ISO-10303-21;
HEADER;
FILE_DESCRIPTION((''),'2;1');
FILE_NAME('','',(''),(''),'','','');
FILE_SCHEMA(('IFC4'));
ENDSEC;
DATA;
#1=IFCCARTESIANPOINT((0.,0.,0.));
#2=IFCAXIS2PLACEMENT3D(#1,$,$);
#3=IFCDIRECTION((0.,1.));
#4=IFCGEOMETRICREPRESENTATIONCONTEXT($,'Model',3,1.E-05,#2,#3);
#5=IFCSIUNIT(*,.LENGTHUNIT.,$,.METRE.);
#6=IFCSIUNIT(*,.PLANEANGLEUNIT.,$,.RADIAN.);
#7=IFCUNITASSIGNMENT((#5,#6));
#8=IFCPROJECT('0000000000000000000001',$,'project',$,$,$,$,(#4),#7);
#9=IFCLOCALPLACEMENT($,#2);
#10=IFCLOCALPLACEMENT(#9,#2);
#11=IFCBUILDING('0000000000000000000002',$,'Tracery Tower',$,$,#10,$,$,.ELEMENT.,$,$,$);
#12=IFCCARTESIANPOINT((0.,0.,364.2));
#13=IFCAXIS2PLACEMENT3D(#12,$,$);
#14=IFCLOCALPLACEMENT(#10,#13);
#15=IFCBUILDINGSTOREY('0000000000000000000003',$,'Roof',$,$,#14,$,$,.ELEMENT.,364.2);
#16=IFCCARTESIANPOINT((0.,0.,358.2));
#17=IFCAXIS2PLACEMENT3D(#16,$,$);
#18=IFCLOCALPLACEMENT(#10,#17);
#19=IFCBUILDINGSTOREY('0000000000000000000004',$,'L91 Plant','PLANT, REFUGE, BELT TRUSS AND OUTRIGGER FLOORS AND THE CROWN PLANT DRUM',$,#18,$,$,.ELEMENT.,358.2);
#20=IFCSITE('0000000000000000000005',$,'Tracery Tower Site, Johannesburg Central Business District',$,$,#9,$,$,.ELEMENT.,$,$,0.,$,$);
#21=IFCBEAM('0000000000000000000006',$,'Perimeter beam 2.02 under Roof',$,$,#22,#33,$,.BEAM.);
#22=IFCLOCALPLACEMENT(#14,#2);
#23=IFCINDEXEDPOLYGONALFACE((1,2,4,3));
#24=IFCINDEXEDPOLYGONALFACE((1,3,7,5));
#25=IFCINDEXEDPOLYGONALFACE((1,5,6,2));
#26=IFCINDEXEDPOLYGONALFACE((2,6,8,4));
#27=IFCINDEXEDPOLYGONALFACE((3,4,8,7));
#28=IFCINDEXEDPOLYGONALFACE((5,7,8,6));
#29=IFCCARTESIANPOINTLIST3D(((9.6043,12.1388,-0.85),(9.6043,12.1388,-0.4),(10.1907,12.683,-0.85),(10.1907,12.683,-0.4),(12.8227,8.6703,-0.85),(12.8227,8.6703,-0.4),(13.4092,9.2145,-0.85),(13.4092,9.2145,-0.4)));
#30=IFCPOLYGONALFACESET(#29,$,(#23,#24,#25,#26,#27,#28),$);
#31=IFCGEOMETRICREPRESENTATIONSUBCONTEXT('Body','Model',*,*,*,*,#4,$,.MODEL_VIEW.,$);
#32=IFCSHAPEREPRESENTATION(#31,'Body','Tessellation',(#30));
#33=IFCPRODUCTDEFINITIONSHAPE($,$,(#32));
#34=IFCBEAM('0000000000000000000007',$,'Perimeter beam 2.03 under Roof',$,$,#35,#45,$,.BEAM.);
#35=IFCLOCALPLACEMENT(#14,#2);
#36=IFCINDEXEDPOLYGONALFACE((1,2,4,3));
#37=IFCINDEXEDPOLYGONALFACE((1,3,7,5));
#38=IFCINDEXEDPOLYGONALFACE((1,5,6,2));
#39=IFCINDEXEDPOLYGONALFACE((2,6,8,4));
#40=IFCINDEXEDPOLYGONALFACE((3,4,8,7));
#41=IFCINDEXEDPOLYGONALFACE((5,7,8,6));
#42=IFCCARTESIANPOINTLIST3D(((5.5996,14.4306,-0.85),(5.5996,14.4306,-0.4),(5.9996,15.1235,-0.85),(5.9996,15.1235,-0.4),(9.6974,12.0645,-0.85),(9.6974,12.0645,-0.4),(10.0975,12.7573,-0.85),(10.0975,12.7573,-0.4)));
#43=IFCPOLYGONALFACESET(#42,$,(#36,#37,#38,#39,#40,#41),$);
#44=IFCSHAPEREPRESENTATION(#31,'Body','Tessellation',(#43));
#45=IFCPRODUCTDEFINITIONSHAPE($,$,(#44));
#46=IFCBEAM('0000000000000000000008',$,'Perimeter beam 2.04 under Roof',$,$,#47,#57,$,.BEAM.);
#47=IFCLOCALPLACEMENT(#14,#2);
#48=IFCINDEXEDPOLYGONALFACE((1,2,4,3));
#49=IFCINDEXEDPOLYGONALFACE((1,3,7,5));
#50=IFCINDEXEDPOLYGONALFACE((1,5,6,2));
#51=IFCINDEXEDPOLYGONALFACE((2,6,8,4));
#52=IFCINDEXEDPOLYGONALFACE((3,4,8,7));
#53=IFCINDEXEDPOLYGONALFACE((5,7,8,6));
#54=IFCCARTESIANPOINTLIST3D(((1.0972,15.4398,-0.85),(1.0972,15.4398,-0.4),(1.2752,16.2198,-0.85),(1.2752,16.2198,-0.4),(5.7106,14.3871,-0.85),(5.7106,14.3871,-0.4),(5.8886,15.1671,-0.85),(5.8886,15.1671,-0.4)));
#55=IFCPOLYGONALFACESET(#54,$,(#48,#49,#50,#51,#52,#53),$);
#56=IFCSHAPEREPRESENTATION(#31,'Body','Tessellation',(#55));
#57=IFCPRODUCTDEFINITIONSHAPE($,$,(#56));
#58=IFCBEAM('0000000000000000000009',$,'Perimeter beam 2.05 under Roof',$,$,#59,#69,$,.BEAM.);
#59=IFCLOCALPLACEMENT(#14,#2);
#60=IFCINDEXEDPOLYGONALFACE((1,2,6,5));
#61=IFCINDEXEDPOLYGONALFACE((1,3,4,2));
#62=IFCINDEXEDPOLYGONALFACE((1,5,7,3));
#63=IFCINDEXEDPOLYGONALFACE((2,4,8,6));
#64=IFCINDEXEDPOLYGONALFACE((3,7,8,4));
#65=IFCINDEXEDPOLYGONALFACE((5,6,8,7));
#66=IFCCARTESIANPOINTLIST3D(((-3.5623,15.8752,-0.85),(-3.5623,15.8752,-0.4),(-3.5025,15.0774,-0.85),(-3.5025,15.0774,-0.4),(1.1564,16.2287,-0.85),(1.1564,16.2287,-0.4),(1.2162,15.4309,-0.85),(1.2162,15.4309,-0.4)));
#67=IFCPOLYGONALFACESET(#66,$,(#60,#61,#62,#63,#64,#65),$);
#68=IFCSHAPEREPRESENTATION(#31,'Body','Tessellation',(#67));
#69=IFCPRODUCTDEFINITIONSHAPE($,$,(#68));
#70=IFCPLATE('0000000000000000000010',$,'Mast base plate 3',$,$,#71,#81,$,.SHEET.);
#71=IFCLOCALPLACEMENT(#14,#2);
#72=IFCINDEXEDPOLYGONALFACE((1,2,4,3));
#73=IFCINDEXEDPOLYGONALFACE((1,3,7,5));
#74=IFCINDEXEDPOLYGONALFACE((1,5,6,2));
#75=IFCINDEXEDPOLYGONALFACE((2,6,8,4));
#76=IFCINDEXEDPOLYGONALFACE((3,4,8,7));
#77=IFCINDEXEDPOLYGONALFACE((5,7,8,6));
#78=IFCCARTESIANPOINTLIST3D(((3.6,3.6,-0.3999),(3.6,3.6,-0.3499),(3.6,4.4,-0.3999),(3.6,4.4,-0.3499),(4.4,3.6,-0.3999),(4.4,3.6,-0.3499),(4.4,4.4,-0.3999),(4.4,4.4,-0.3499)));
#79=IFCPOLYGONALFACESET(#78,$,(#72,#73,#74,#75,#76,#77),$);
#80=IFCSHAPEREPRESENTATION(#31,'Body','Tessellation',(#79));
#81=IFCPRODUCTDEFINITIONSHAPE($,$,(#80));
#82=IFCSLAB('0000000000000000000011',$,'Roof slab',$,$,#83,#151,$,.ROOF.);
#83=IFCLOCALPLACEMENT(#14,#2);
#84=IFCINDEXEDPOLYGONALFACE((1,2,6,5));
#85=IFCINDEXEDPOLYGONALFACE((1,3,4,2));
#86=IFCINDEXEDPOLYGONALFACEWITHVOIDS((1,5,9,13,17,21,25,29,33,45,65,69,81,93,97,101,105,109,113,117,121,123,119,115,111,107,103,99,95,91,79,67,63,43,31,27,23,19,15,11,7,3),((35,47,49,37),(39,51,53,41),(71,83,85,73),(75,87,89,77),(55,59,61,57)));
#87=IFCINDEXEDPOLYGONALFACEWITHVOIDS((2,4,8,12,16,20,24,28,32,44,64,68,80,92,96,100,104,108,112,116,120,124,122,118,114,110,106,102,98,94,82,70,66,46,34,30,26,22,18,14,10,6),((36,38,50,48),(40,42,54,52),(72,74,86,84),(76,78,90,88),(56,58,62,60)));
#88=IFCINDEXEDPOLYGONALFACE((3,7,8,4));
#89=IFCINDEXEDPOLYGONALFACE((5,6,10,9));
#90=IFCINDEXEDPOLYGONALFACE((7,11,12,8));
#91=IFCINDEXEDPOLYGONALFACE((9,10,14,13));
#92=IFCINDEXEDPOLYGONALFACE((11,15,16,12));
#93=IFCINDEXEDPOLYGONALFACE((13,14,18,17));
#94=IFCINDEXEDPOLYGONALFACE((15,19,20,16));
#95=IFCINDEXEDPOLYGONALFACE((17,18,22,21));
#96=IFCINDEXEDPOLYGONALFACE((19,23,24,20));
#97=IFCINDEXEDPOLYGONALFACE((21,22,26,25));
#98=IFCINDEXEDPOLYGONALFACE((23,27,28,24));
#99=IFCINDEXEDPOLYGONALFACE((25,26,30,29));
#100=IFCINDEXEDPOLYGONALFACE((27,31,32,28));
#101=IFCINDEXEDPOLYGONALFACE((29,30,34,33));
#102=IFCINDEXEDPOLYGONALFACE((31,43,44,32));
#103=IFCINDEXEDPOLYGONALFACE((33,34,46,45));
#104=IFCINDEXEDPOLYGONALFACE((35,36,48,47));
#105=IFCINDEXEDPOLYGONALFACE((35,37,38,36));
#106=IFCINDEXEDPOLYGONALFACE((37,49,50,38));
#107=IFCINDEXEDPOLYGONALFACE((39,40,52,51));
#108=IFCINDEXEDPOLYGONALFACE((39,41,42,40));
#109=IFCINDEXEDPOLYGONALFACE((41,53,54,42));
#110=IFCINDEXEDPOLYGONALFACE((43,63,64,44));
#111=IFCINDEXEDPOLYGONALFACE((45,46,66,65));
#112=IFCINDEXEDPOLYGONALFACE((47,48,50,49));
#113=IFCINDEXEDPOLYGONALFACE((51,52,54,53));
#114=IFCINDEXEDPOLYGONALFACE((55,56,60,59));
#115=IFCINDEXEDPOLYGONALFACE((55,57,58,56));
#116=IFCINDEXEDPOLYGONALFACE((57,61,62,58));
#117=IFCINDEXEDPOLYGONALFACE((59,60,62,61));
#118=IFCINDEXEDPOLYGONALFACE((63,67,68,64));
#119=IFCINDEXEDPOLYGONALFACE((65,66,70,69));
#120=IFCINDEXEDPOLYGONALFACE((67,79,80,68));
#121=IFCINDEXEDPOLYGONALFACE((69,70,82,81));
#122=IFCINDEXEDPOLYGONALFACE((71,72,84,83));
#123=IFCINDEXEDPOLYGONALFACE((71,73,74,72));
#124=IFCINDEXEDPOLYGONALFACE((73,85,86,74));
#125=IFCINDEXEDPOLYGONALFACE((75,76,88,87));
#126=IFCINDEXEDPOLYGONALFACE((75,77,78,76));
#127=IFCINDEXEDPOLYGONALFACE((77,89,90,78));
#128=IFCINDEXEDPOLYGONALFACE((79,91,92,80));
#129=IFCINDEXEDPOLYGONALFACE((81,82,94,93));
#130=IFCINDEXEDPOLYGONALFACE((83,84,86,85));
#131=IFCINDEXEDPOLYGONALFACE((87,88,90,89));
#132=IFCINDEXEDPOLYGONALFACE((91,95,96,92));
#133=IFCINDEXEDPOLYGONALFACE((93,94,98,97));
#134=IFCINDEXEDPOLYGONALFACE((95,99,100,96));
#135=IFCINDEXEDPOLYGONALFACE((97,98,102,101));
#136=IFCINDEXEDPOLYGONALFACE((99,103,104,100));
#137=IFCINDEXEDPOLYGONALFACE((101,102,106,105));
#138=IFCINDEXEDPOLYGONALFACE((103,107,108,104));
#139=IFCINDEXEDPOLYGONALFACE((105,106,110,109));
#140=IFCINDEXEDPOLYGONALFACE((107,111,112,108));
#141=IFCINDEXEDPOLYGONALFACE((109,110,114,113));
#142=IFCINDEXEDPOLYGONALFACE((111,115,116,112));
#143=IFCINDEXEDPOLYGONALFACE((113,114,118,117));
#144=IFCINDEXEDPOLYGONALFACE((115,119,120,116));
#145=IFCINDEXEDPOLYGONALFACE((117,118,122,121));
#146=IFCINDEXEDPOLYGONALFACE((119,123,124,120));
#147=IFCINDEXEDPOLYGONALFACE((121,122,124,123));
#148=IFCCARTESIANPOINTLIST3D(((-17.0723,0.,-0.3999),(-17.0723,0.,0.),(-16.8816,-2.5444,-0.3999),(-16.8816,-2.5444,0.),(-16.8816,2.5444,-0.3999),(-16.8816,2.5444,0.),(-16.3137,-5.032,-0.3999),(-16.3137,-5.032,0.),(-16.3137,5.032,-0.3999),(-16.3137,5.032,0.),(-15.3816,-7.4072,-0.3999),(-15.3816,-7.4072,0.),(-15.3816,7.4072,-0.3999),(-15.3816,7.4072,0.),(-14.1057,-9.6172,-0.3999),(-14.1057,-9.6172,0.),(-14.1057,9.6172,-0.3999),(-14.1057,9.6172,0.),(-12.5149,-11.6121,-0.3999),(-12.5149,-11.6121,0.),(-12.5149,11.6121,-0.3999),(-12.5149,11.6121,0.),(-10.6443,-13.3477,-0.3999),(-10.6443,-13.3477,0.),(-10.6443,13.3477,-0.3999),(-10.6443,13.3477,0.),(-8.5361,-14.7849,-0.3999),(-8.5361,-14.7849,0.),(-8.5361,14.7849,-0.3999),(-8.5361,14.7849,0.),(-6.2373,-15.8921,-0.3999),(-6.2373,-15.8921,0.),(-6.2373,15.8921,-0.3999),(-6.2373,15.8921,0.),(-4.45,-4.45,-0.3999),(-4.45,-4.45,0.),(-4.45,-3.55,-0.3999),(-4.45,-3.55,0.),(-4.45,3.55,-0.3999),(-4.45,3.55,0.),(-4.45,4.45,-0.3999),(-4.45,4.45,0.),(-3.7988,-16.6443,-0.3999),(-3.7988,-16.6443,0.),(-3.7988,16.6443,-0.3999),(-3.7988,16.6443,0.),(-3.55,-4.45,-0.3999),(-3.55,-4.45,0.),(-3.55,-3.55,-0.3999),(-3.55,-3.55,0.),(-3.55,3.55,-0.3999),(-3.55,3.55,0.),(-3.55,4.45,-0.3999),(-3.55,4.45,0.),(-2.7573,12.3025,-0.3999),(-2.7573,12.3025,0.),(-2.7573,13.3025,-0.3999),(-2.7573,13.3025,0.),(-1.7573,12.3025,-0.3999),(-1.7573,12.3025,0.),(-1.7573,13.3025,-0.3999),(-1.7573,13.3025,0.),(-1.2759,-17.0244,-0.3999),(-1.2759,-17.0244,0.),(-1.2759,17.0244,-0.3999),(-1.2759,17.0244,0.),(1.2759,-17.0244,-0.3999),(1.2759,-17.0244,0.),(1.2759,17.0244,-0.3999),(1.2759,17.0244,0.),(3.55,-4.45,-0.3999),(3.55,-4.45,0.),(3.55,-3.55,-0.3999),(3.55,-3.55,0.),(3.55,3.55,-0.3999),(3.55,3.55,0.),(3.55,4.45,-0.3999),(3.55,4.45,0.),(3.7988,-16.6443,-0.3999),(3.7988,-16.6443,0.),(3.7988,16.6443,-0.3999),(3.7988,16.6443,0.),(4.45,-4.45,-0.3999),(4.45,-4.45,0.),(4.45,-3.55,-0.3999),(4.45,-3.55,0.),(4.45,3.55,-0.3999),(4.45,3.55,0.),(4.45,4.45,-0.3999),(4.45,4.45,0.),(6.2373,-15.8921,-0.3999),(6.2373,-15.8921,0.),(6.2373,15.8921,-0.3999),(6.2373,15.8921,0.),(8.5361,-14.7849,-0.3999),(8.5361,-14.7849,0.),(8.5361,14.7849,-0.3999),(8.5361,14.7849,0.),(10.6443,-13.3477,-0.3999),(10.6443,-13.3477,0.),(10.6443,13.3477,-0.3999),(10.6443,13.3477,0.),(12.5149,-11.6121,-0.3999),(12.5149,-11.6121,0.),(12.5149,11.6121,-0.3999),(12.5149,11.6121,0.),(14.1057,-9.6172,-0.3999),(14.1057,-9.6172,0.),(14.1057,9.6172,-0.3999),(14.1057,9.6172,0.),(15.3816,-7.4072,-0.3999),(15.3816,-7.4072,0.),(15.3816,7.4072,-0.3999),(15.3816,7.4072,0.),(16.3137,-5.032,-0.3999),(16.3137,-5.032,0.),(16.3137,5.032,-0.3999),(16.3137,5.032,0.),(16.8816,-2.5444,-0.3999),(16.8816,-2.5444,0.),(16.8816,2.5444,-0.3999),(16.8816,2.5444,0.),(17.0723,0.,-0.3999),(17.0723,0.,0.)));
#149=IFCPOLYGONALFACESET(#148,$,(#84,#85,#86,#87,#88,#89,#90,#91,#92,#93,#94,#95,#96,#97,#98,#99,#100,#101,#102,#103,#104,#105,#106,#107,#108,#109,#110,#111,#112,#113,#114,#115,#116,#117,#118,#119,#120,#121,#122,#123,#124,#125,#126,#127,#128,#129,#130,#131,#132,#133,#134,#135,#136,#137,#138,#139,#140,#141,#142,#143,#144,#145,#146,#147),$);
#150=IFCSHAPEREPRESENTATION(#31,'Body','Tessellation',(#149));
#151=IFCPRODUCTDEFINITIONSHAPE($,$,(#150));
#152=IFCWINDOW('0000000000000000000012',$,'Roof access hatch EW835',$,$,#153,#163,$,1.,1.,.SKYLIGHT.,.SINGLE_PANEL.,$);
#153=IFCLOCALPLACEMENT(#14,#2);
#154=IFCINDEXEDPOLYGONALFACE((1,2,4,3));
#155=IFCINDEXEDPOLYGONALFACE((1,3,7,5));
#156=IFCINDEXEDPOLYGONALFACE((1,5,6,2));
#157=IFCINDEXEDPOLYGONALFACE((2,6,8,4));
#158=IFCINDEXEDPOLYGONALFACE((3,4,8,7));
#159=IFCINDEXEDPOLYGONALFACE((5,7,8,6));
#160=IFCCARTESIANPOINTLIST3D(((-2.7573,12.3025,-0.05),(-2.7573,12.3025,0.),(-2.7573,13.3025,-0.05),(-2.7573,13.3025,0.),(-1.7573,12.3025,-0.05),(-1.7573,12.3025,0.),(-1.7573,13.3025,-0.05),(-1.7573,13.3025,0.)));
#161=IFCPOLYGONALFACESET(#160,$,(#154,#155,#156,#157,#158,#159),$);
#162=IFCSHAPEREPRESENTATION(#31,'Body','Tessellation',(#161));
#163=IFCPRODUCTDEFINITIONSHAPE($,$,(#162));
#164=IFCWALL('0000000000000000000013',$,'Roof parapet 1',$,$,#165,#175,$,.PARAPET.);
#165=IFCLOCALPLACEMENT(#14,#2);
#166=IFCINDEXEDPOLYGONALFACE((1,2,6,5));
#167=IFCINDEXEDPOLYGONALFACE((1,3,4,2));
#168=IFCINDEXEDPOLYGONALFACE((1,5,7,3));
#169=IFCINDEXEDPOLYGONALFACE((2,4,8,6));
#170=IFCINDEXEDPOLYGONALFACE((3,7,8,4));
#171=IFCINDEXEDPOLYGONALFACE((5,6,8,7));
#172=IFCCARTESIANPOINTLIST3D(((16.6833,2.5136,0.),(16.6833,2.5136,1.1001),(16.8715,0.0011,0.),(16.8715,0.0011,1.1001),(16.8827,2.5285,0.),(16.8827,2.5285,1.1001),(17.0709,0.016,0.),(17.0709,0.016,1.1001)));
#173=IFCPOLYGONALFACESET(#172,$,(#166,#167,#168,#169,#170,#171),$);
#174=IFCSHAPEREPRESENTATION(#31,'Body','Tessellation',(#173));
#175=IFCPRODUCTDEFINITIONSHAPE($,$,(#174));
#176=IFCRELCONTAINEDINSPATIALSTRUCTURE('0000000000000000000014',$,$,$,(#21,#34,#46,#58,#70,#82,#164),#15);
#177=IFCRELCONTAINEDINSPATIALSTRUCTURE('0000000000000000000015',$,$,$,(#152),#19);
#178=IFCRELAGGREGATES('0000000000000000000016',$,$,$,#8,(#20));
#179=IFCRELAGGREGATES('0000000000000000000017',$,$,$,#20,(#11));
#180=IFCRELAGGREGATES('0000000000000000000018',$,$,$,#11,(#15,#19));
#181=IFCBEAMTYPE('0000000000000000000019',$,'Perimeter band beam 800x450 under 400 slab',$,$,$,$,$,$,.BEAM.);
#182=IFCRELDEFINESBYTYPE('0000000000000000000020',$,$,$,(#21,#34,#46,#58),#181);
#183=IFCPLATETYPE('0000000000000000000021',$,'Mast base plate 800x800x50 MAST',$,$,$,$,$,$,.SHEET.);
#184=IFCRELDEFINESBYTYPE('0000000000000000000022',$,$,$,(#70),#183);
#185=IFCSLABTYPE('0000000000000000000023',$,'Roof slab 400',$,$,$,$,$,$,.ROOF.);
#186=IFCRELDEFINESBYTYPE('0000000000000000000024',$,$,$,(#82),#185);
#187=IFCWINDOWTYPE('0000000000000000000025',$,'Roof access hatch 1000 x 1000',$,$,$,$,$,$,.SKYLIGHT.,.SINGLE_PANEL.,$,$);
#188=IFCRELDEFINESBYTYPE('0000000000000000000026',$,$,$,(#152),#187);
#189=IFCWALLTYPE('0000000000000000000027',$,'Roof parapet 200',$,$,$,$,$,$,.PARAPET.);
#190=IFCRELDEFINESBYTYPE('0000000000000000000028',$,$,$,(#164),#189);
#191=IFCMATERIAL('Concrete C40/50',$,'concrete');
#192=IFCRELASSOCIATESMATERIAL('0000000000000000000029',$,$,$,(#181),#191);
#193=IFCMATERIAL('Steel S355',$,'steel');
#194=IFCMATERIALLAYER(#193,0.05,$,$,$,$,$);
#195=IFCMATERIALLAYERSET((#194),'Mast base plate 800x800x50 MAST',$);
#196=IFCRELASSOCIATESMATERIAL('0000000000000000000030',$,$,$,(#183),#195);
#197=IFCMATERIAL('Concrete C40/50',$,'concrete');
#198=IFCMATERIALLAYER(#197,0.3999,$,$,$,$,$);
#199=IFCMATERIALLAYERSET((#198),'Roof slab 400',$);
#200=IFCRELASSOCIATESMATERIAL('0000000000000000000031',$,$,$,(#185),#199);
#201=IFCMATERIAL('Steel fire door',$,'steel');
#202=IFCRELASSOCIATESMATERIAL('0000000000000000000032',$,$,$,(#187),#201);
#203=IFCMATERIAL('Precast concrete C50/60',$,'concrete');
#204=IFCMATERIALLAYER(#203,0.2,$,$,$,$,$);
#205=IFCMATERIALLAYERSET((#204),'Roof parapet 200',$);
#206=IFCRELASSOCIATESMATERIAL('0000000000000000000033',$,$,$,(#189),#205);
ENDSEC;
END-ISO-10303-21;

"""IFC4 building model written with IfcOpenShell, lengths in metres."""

from ifc_helpers import new_model, si_unit, direction, frame, frame_2d, origin, origin_2d, place, context, subcontext, project, spatial, polyline, rectangle, outline, extrude, material, layer, layer_set, material_profile, profile_set, type_object, element, fill, save


model = new_model("IFC4")

# Units and contexts
model_context = context("Model", 3, precision=1e-05, world=origin(), true_north=direction((0.0, 1.0)))
body_context = subcontext(model_context, "Body", "Model", "MODEL_VIEW")
ifc_project = project(units=[si_unit("LENGTHUNIT", "METRE"), si_unit("PLANEANGLEUNIT", "RADIAN")], contexts=[model_context])

# Site, building, storey
site_placement = place(None, origin())
site = spatial("IfcSite", under=ifc_project, at=site_placement, Name="Tracery Tower Site, Johannesburg Central Business District", CompositionType="ELEMENT", RefElevation=0.0)
building_placement = place(site_placement, origin())
building = spatial("IfcBuilding", under=site, at=building_placement, Name="Tracery Tower", CompositionType="ELEMENT")
storey_1_placement = place(building_placement, frame((0.0, 0.0, 364.2)))
storey_1 = spatial("IfcBuildingStorey", under=building, at=storey_1_placement, Name="Roof", CompositionType="ELEMENT", Elevation=364.2)

# Beams
ifc_material_1 = material(Name="Concrete C40/50", Category="concrete")
ifc_material_profile_1 = material_profile(ifc_material_1, rectangle(XDim=0.8, YDim=0.45, at=origin_2d()), Name="RC 800x450")
ifc_profile_set_1 = profile_set([ifc_material_profile_1], Name="Concrete C40/50")
beam_type_1 = type_object("IfcBeamType", Name="Perimeter band beam 800x450 under 400 slab", PredefinedType="BEAM", material=ifc_profile_set_1)
beam_1_placement = place(storey_1_placement, frame((13.116, 8.9424, -0.625), z_axis=(-0.680196, 0.733031, 0.0), x_axis=(-0.733031, -0.680196, 0.0)))
element("IfcBeam", 1, at=beam_1_placement, inside=storey_1, type_object=beam_type_1, Name="Perimeter beam 2.02 under Roof", PredefinedType="BEAM", context=body_context, shape_type="SweptSolid", body=[
    extrude(rectangle(XDim=0.8, YDim=0.45, at=origin_2d()), origin(), (0.0, 0.0, 1.0), 4.7317),
])
for number, where, z_axis, x_axis, name in (
    (2, (9.8975, 12.4109, -0.625), (-0.865999, 0.500045, 0.0), (-0.500045, -0.865999, 0.0), "Perimeter beam 2.03 under Roof"),
    (3, (5.7996, 14.7771, -0.625), (-0.974938, 0.222477, 0.0), (-0.222477, -0.974938, 0.0), "Perimeter beam 2.04 under Roof"),
    (4, (1.1863, 15.8298, -0.625), (-0.997205, -0.074708, 0.0), (0.074708, -0.997205, 0.0), "Perimeter beam 2.05 under Roof"),
):
    element("IfcBeam", number, at=place(storey_1_placement, frame(where, z_axis=z_axis, x_axis=x_axis)), inside=storey_1, type_object=beam_type_1, Name=name, PredefinedType="BEAM", context=body_context, shape_type="SweptSolid", body=[
        extrude(rectangle(XDim=0.8, YDim=0.45, at=origin_2d()), origin(), (0.0, 0.0, 1.0), 4.7319),
    ])

# Plate
ifc_material_2 = material(Name="Steel S355", Category="steel")
ifc_layer_1 = layer(ifc_material_2, 0.05)
ifc_layer_set_1 = layer_set([ifc_layer_1], Name="Mast base plate 800x800x50 MAST")
plate_type = type_object("IfcPlateType", Name="Mast base plate 800x800x50 MAST", PredefinedType="SHEET", material=ifc_layer_set_1)
plate_placement = place(storey_1_placement, frame((4.0, 4.0, -0.3999), z_axis=(0.0, 0.0, 1.0), x_axis=(1.0, 0.0, 0.0)))
element("IfcPlate", 5, at=plate_placement, inside=storey_1, type_object=plate_type, Name="Mast base plate 3", PredefinedType="SHEET", context=body_context, shape_type="SweptSolid", body=[
    extrude(rectangle(XDim=0.8, YDim=0.8, at=origin_2d()), origin(), (0.0, 0.0, 1.0), 0.05),
])

# Slab, opening
ifc_material_3 = material(Name="Concrete C40/50", Category="concrete")
ifc_layer_2 = layer(ifc_material_3, 0.3999)
ifc_layer_set_2 = layer_set([ifc_layer_2], Name="Roof slab 400")
slab_type = type_object("IfcSlabType", Name="Roof slab 400", PredefinedType="ROOF", material=ifc_layer_set_2)
slab_placement = place(storey_1_placement, frame((0.0, 0.0, -0.3999)))
slab = element("IfcSlab", 6, at=slab_placement, inside=storey_1, type_object=slab_type, Name="Roof slab", PredefinedType="ROOF", context=body_context, shape_type="SweptSolid", body=[
    extrude(outline(polyline([(17.0723, 0.0), (16.8816, 2.5444), (16.3137, 5.032), (15.3816, 7.4072), (14.1057, 9.6172), (12.5149, 11.6121), (10.6443, 13.3477), (8.5361, 14.7849), (6.2373, 15.8921), (3.7988, 16.6443), (1.2759, 17.0244), (-1.2759, 17.0244), (-3.7988, 16.6443), (-6.2373, 15.8921), (-8.5361, 14.7849), (-10.6443, 13.3477), (-12.5149, 11.6121), (-14.1057, 9.6172), (-15.3816, 7.4072), (-16.3137, 5.032), (-16.8816, 2.5444), (-17.0723, 0.0), (-16.8816, -2.5444), (-16.3137, -5.032), (-15.3816, -7.4072), (-14.1057, -9.6172), (-12.5149, -11.6121), (-10.6443, -13.3477), (-8.5361, -14.7849), (-6.2373, -15.8921), (-3.7988, -16.6443), (-1.2759, -17.0244), (1.2759, -17.0244), (3.7988, -16.6443), (6.2373, -15.8921), (8.5361, -14.7849), (10.6443, -13.3477), (12.5149, -11.6121), (14.1057, -9.6172), (15.3816, -7.4072), (16.3137, -5.032), (16.8816, -2.5444), (17.0723, 0.0)]), holes=[polyline([(3.55, 3.55), (4.45, 3.55), (4.45, 4.45), (3.55, 4.45), (3.55, 3.55)]), polyline([(-4.45, 3.55), (-3.55, 3.55), (-3.55, 4.45), (-4.45, 4.45), (-4.45, 3.55)]), polyline([(-4.45, -4.45), (-3.55, -4.45), (-3.55, -3.55), (-4.45, -3.55), (-4.45, -4.45)]), polyline([(3.55, -4.45), (4.45, -4.45), (4.45, -3.55), (3.55, -3.55), (3.55, -4.45)])]), origin(), (0.0, 0.0, 1.0), 0.3999),
])
opening_placement = place(slab_placement, frame((-2.2573, 12.8025, 0.0)))
opening = element("IfcOpeningElement", 7, at=opening_placement, cuts=slab, PredefinedType="OPENING", context=body_context, shape_type="SweptSolid", body=[
    extrude(rectangle(XDim=1.0, YDim=1.0, at=origin_2d()), origin(), (0.0, 0.0, 1.0), 0.3999),
])

# Shared definitions
storey_2_placement = place(building_placement, frame((0.0, 0.0, 358.2)))
storey_2 = spatial("IfcBuildingStorey", under=building, at=storey_2_placement, Name="L91 Plant", Description="PLANT, REFUGE, BELT TRUSS AND OUTRIGGER FLOORS AND THE CROWN PLANT DRUM", CompositionType="ELEMENT", Elevation=358.2)

# Window
ifc_material_4 = material(Name="Steel fire door", Category="steel")
window_type = type_object("IfcWindowType", Name="Roof access hatch 1000 x 1000", PartitioningType="SINGLE_PANEL", PredefinedType="SKYLIGHT", material=ifc_material_4)
window_placement = place(opening_placement, frame((0.0, 0.0, 0.3499)))
window = element("IfcWindow", 8, at=window_placement, inside=storey_2, type_object=window_type, Name="Roof access hatch EW835", OverallHeight=1.0, OverallWidth=1.0, PartitioningType="SINGLE_PANEL", PredefinedType="SKYLIGHT", context=body_context, shape_type="SweptSolid", body=[
    extrude(rectangle(XDim=1.0, YDim=1.0, at=origin_2d()), origin(), (0.0, 0.0, 1.0), 0.05),
])
fill(opening, window)

# Wall
ifc_material_5 = material(Name="Precast concrete C50/60", Category="concrete")
ifc_layer_3 = layer(ifc_material_5, 0.2)
ifc_layer_set_3 = layer_set([ifc_layer_3], Name="Roof parapet 200")
wall_type = type_object("IfcWallType", Name="Roof parapet 200", PredefinedType="PARAPET", material=ifc_layer_set_3)
wall_1_placement = place(storey_1_placement, frame((16.9712, 0.0085, 0.0), z_axis=(0.0, 0.0, 1.0), x_axis=(-0.07471, 0.997205, 0.0)))
element("IfcWall", 9, at=wall_1_placement, inside=storey_1, type_object=wall_type, Name="Roof parapet 1", PredefinedType="PARAPET", context=body_context, shape_type="SweptSolid", body=[
    extrude(rectangle(XDim=2.5195, YDim=0.2, at=frame_2d((1.2598, 0.0))), origin(), (0.0, 0.0, 1.0), 1.1001),
])

save(model, "model.ifc")
